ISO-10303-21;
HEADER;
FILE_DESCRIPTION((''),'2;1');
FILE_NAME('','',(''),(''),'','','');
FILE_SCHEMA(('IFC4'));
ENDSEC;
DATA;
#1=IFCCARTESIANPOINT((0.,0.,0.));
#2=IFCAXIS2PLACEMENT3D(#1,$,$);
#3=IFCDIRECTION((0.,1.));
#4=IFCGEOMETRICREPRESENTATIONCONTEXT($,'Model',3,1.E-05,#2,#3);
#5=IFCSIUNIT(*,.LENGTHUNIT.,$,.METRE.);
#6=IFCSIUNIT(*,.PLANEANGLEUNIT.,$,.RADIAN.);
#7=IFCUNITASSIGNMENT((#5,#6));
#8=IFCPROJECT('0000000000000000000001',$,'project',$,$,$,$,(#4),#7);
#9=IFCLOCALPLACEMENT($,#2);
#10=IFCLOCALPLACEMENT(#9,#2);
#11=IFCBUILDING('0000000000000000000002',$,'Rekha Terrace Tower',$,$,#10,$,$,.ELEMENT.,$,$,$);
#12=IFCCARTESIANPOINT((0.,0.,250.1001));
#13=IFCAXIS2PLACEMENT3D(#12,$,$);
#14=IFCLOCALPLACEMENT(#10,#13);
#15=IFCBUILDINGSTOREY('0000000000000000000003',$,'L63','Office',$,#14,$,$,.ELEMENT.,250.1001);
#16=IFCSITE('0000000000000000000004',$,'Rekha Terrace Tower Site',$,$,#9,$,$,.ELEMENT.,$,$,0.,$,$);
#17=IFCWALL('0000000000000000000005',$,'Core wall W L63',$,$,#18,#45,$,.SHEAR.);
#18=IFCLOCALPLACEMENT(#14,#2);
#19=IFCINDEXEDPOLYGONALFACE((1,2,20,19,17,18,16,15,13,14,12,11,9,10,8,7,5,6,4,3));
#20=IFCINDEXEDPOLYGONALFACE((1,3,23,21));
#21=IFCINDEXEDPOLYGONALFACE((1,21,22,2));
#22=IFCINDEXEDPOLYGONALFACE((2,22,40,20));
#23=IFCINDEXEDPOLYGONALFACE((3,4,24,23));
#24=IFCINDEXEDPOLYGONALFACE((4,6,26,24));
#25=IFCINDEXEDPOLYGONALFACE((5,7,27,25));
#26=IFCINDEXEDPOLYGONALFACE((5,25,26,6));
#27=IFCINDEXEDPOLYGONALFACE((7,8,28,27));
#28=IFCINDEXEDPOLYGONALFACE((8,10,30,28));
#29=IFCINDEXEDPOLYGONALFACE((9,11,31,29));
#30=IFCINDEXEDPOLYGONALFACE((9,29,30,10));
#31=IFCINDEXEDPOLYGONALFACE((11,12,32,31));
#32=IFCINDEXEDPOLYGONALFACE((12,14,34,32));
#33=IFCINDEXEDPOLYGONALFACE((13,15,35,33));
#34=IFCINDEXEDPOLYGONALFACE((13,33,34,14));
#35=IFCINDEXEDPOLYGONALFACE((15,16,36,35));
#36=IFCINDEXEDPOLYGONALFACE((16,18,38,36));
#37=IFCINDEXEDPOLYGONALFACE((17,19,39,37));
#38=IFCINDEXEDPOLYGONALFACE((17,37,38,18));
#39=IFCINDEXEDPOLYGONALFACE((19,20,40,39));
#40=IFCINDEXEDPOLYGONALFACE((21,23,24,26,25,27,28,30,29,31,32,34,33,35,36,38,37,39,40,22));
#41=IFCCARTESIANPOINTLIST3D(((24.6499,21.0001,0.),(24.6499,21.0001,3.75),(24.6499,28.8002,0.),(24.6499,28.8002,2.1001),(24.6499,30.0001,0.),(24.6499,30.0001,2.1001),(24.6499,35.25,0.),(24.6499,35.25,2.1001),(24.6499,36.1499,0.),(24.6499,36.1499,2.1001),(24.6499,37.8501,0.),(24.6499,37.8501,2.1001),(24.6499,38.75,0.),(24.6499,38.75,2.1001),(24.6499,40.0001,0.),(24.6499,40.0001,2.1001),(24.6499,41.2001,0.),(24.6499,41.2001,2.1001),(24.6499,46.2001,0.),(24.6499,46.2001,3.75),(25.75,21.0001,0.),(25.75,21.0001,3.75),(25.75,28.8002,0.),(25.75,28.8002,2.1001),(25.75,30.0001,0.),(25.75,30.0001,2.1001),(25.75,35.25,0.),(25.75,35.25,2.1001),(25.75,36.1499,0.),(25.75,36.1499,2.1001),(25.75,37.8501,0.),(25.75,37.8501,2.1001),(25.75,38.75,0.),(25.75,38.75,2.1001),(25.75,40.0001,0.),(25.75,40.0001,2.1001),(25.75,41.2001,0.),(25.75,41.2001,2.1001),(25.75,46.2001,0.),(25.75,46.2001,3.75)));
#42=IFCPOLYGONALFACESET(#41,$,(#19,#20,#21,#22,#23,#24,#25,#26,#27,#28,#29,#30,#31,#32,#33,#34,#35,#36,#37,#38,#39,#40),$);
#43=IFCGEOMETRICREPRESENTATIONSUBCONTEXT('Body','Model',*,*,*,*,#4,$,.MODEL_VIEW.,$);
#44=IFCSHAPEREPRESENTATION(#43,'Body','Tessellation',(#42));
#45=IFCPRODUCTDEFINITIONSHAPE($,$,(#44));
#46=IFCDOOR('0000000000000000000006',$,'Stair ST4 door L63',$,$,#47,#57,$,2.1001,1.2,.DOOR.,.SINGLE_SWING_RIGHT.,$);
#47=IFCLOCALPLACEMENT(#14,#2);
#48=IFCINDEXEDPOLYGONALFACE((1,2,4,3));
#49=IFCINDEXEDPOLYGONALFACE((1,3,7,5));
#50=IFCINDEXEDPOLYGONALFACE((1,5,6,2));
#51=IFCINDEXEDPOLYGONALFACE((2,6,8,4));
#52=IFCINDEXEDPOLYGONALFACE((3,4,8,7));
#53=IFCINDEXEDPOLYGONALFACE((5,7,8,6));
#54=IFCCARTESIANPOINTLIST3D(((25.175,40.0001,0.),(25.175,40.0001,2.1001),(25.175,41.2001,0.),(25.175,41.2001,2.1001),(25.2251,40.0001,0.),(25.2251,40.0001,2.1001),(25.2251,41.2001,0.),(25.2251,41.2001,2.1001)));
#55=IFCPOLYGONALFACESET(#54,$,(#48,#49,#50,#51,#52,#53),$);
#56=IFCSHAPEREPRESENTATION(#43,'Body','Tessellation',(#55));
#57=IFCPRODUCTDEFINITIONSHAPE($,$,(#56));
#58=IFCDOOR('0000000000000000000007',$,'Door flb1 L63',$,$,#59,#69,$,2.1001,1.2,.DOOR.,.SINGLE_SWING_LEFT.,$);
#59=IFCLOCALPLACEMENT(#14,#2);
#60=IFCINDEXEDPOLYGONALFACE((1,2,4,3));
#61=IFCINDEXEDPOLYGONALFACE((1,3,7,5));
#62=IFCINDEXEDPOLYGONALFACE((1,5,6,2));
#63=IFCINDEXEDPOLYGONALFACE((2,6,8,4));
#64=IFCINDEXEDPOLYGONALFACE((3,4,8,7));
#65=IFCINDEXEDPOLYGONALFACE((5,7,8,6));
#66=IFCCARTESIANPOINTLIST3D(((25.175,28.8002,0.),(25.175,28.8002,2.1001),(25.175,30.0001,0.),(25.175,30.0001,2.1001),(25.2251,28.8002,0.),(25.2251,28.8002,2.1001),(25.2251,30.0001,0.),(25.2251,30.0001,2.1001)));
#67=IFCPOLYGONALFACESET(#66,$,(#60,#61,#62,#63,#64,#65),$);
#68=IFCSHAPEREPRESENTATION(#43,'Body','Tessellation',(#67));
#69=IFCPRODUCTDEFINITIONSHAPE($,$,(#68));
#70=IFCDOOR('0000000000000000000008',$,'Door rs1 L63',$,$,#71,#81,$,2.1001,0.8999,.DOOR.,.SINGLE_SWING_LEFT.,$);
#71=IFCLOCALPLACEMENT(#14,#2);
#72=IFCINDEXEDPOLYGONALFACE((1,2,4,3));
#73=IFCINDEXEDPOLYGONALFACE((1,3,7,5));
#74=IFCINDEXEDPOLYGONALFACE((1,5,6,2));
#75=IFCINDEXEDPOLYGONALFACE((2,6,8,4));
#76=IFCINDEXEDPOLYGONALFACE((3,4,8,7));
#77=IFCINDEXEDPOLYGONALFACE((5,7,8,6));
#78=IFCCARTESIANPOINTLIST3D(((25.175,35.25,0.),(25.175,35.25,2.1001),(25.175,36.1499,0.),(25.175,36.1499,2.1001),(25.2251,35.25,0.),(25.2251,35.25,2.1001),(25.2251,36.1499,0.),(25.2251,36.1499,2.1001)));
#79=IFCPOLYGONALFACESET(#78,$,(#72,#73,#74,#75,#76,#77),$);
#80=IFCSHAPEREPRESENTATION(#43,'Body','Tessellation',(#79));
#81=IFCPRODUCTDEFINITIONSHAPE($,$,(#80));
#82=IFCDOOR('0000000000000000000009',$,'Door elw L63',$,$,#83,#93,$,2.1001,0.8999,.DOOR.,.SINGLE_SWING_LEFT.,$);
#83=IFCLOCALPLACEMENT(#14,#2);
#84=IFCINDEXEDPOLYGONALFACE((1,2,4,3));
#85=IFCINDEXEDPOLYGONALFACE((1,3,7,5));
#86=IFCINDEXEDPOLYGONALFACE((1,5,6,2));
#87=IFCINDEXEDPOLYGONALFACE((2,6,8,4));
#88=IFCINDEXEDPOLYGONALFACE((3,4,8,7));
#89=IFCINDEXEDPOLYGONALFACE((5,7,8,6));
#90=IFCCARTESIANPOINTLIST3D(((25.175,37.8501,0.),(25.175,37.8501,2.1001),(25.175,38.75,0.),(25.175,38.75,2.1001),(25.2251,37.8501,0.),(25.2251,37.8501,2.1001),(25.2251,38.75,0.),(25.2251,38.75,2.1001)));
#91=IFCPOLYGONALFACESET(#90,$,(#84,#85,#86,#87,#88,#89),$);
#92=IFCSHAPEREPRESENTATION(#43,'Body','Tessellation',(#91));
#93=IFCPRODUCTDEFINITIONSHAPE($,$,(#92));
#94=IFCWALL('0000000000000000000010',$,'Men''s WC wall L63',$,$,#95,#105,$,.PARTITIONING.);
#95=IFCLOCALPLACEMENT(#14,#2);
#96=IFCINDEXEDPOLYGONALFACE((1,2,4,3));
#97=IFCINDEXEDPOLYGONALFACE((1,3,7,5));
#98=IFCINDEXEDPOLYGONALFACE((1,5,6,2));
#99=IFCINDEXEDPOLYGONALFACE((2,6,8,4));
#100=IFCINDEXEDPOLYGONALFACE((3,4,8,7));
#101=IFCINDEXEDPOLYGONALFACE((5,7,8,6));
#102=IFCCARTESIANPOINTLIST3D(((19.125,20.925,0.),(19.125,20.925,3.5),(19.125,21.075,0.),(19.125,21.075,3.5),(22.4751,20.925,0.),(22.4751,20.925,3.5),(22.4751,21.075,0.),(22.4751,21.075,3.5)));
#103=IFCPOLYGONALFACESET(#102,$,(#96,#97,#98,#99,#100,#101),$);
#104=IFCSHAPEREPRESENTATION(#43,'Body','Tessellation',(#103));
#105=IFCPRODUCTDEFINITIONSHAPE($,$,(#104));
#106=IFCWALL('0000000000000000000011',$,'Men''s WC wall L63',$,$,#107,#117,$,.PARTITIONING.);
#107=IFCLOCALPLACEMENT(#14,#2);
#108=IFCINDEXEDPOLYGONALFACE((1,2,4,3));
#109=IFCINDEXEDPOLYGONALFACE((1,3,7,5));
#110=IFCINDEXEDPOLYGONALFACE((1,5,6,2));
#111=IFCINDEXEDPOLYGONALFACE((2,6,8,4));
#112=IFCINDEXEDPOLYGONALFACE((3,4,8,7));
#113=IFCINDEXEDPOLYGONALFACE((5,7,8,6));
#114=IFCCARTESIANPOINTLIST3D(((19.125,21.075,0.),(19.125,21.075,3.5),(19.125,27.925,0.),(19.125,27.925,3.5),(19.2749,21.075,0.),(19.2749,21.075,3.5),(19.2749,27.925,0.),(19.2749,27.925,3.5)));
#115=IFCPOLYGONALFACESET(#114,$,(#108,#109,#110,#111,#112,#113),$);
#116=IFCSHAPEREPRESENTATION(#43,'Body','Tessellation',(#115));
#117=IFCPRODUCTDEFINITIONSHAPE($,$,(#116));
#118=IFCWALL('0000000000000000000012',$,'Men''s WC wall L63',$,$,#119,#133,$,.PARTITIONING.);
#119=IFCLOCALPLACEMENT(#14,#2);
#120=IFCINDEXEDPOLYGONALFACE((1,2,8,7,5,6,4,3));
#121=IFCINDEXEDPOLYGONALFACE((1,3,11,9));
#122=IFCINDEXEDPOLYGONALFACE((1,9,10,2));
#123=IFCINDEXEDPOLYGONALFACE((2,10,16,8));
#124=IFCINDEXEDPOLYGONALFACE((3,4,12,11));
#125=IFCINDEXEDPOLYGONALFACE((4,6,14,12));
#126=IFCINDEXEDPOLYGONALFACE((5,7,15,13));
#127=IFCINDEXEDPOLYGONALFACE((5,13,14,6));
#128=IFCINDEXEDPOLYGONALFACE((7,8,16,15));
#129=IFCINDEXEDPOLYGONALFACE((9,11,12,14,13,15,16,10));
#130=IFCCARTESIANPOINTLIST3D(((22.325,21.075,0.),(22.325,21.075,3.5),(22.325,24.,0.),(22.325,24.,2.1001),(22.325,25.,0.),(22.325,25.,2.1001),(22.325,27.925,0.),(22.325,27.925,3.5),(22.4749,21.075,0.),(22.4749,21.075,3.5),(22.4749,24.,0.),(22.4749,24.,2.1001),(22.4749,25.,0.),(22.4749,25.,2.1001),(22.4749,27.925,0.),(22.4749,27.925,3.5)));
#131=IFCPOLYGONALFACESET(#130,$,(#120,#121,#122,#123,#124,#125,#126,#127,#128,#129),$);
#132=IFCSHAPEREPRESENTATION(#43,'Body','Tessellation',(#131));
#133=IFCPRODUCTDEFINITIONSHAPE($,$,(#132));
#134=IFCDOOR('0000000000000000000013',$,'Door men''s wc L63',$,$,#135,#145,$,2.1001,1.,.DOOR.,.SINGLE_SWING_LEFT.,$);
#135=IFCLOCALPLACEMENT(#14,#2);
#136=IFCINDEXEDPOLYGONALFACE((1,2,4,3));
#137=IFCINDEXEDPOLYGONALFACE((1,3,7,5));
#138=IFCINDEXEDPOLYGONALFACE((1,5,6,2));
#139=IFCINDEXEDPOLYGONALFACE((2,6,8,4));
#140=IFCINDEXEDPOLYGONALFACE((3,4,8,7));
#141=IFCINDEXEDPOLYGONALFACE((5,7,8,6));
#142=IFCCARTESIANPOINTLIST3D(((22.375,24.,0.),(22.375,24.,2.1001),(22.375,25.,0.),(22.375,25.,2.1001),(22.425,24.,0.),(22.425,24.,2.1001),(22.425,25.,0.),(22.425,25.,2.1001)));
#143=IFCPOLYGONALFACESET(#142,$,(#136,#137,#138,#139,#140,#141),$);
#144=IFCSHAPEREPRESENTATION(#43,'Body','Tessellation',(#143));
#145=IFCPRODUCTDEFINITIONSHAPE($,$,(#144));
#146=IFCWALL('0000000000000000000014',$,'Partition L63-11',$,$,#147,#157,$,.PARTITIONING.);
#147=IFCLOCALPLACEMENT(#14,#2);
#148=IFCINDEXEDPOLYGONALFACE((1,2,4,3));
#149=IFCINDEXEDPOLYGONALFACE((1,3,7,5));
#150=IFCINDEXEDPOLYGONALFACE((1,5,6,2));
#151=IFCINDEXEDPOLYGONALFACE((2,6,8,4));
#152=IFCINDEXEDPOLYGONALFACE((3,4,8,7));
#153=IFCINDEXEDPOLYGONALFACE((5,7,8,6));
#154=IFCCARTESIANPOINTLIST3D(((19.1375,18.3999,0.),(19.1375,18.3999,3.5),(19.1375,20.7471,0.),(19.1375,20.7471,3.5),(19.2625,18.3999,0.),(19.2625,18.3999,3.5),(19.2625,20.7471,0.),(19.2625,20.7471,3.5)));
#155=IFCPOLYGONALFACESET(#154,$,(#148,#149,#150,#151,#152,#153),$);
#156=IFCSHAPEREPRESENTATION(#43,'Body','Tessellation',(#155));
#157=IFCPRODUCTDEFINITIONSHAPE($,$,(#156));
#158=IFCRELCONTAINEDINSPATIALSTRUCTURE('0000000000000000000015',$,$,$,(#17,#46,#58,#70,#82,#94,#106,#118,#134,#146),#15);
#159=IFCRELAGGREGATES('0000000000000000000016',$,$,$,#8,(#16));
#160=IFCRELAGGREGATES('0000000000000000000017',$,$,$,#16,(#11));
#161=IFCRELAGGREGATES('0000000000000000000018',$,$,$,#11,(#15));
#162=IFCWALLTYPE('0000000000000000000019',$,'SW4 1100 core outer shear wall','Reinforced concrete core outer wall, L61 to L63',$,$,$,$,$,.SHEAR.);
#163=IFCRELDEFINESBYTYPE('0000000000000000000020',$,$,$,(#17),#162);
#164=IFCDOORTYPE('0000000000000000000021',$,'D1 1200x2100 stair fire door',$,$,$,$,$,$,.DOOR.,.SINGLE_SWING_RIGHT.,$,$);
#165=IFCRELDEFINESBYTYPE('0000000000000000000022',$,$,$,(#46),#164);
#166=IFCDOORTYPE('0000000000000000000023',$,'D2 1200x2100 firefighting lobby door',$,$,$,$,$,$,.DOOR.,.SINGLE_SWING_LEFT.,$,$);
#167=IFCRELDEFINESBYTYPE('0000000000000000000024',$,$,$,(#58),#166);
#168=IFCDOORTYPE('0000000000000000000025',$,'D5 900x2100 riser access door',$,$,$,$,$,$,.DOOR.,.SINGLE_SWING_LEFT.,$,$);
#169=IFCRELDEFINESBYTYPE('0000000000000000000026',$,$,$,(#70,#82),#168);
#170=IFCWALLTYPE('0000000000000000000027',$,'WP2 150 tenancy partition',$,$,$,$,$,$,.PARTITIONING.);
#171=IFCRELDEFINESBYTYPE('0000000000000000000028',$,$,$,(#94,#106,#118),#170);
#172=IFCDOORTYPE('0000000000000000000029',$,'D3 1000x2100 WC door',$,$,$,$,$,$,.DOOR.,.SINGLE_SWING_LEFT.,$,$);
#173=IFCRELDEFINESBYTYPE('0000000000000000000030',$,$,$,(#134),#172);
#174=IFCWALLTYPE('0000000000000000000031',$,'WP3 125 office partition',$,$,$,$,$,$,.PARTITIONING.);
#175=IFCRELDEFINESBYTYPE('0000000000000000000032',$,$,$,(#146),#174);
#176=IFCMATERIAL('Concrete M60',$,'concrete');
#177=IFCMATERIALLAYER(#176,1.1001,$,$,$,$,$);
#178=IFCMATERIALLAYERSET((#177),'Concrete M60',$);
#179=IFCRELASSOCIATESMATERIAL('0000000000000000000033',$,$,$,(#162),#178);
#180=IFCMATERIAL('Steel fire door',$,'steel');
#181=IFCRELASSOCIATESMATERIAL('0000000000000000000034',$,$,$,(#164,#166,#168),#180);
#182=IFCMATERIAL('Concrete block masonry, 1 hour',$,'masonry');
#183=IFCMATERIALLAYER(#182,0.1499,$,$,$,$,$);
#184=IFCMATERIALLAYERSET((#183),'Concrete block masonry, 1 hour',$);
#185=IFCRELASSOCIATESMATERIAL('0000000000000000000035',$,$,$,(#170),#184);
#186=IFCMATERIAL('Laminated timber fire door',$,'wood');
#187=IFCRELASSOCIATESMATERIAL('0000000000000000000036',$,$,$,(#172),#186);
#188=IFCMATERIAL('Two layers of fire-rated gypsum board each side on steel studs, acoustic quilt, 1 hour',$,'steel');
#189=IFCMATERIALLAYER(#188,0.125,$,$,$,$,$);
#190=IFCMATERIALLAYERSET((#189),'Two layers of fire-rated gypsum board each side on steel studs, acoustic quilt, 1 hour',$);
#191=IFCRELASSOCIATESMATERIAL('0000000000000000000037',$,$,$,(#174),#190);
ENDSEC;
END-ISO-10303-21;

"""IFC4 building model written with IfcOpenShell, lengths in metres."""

from ifc_helpers import new_model, si_unit, direction, frame, frame_2d, origin, place, context, subcontext, project, spatial, rectangle, extrude, material, layer, layer_set, type_object, element, fill, save


model = new_model("IFC4")

# Units and contexts
model_context = context("Model", 3, precision=1e-05, world=origin(), true_north=direction((0.0, 1.0)))
body_context = subcontext(model_context, "Body", "Model", "MODEL_VIEW")
ifc_project = project(units=[si_unit("LENGTHUNIT", "METRE"), si_unit("PLANEANGLEUNIT", "RADIAN")], contexts=[model_context])

# Site, building, storey
site_placement = place(None, origin())
site = spatial("IfcSite", under=ifc_project, at=site_placement, Name="Rekha Terrace Tower Site", CompositionType="ELEMENT", RefElevation=0.0)
building_placement = place(site_placement, origin())
building = spatial("IfcBuilding", under=site, at=building_placement, Name="Rekha Terrace Tower", CompositionType="ELEMENT")
storey_placement = place(building_placement, frame((0.0, 0.0, 250.1001)))
storey = spatial("IfcBuildingStorey", under=building, at=storey_placement, Name="L63", Description="Office", CompositionType="ELEMENT", Elevation=250.1001)

# Shared definitions
ifc_material_1 = material(Name="Concrete M60", Category="concrete")

# Shared definitions
ifc_layer_1 = layer(ifc_material_1, 1.1001)
ifc_layer_set_1 = layer_set([ifc_layer_1], Name="Concrete M60")
wall_type_1 = type_object("IfcWallType", Name="SW4 1100 core outer shear wall", Description="Reinforced concrete core outer wall, L61 to L63", PredefinedType="SHEAR", material=ifc_layer_set_1)

# Wall, openings, doors
wall_1_placement = place(storey_placement, frame((25.2, 21.0, 0.0), z_axis=(0.0, 0.0, 1.0), x_axis=(0.0, 1.0, 0.0)))
wall_1 = element("IfcWall", 1, at=wall_1_placement, inside=storey, type_object=wall_type_1, Name="Core wall W L63", PredefinedType="SHEAR", context=body_context, shape_type="SweptSolid", body=[
    extrude(rectangle(XDim=25.2, YDim=1.1001, at=frame_2d((12.6001, 0.0))), origin(), (0.0, 0.0, 1.0), 3.75),
])
opening_1_placement = place(wall_1_placement, frame((7.8, 0.0, 0.0)))
opening_1 = element("IfcOpeningElement", 2, at=opening_1_placement, cuts=wall_1, PredefinedType="OPENING", context=body_context, shape_type="SweptSolid", body=[
    extrude(rectangle(XDim=1.2, YDim=2.1001, at=frame_2d((0.6001, 1.05))), frame((0.0, 0.5601, 0.0), z_axis=(0.0, -1.0, 0.0), x_axis=(1.0, 0.0, 0.0)), (0.0, 0.0, 1.0), 1.1201),
])
opening_2_placement = place(wall_1_placement, frame((14.25, 0.0, 0.0)))
opening_2 = element("IfcOpeningElement", 3, at=opening_2_placement, cuts=wall_1, PredefinedType="OPENING", context=body_context, shape_type="SweptSolid", body=[
    extrude(rectangle(XDim=0.8999, YDim=2.1001, at=frame_2d((0.45, 1.05))), frame((0.0, 0.5601, 0.0), z_axis=(0.0, -1.0, 0.0), x_axis=(1.0, 0.0, 0.0)), (0.0, 0.0, 1.0), 1.1201),
])
opening_3_placement = place(wall_1_placement, frame((16.8501, 0.0, 0.0)))
opening_3 = element("IfcOpeningElement", 4, at=opening_3_placement, cuts=wall_1, PredefinedType="OPENING", context=body_context, shape_type="SweptSolid", body=[
    extrude(rectangle(XDim=0.8999, YDim=2.1001, at=frame_2d((0.45, 1.05))), frame((0.0, 0.5601, 0.0), z_axis=(0.0, -1.0, 0.0), x_axis=(1.0, 0.0, 0.0)), (0.0, 0.0, 1.0), 1.1201),
])
opening_4_placement = place(wall_1_placement, frame((19.0, 0.0, 0.0)))
opening_4 = element("IfcOpeningElement", 5, at=opening_4_placement, cuts=wall_1, PredefinedType="OPENING", context=body_context, shape_type="SweptSolid", body=[
    extrude(rectangle(XDim=1.2, YDim=2.1001, at=frame_2d((0.6001, 1.05))), frame((0.0, 0.5601, 0.0), z_axis=(0.0, -1.0, 0.0), x_axis=(1.0, 0.0, 0.0)), (0.0, 0.0, 1.0), 1.1201),
])
ifc_material_2 = material(Name="Steel fire door", Category="steel")
door_type_1 = type_object("IfcDoorType", Name="D1 1200x2100 stair fire door", OperationType="SINGLE_SWING_RIGHT", PredefinedType="DOOR", material=ifc_material_2)
door_1_placement = place(opening_4_placement, origin())
door_1 = element("IfcDoor", 6, at=door_1_placement, inside=storey, type_object=door_type_1, Name="Stair ST4 door L63", OperationType="SINGLE_SWING_RIGHT", OverallHeight=2.1001, OverallWidth=1.2, PredefinedType="DOOR", context=body_context, shape_type="SweptSolid", body=[
    extrude(rectangle(XDim=1.2, YDim=2.1001, at=frame_2d((0.6001, 1.05))), frame((0.0, 0.0249, 0.0), z_axis=(0.0, -1.0, 0.0), x_axis=(1.0, 0.0, 0.0)), (0.0, 0.0, 1.0), 0.05),
])
fill(opening_4, door_1)
door_type_2 = type_object("IfcDoorType", Name="D2 1200x2100 firefighting lobby door", OperationType="SINGLE_SWING_LEFT", PredefinedType="DOOR", material=ifc_material_2)
door_2_placement = place(opening_1_placement, origin())
door_2 = element("IfcDoor", 7, at=door_2_placement, inside=storey, type_object=door_type_2, Name="Door flb1 L63", OperationType="SINGLE_SWING_LEFT", OverallHeight=2.1001, OverallWidth=1.2, PredefinedType="DOOR", context=body_context, shape_type="SweptSolid", body=[
    extrude(rectangle(XDim=1.2, YDim=2.1001, at=frame_2d((0.6001, 1.05))), frame((0.0, 0.0249, 0.0), z_axis=(0.0, -1.0, 0.0), x_axis=(1.0, 0.0, 0.0)), (0.0, 0.0, 1.0), 0.05),
])
fill(opening_1, door_2)
door_type_3 = type_object("IfcDoorType", Name="D5 900x2100 riser access door", OperationType="SINGLE_SWING_LEFT", PredefinedType="DOOR", material=ifc_material_2)
door_3_placement = place(opening_2_placement, origin())
door_3 = element("IfcDoor", 8, at=door_3_placement, inside=storey, type_object=door_type_3, Name="Door rs1 L63", OperationType="SINGLE_SWING_LEFT", OverallHeight=2.1001, OverallWidth=0.8999, PredefinedType="DOOR", context=body_context, shape_type="SweptSolid", body=[
    extrude(rectangle(XDim=0.8999, YDim=2.1001, at=frame_2d((0.45, 1.05))), frame((0.0, 0.0249, 0.0), z_axis=(0.0, -1.0, 0.0), x_axis=(1.0, 0.0, 0.0)), (0.0, 0.0, 1.0), 0.05),
])
fill(opening_2, door_3)
door_4_placement = place(opening_3_placement, origin())
door_4 = element("IfcDoor", 9, at=door_4_placement, inside=storey, type_object=door_type_3, Name="Door elw L63", OperationType="SINGLE_SWING_LEFT", OverallHeight=2.1001, OverallWidth=0.8999, PredefinedType="DOOR", context=body_context, shape_type="SweptSolid", body=[
    extrude(rectangle(XDim=0.8999, YDim=2.1001, at=frame_2d((0.45, 1.05))), frame((0.0, 0.0249, 0.0), z_axis=(0.0, -1.0, 0.0), x_axis=(1.0, 0.0, 0.0)), (0.0, 0.0, 1.0), 0.05),
])
fill(opening_3, door_4)

# Walls
ifc_material_3 = material(Name="Concrete block masonry, 1 hour", Category="masonry")
ifc_layer_2 = layer(ifc_material_3, 0.1499)
ifc_layer_set_2 = layer_set([ifc_layer_2], Name="Concrete block masonry, 1 hour")
wall_type_2 = type_object("IfcWallType", Name="WP2 150 tenancy partition", PredefinedType="PARTITIONING", material=ifc_layer_set_2)
wall_2_placement = place(storey_placement, frame((19.125, 21.0, 0.0), z_axis=(0.0, 0.0, 1.0), x_axis=(1.0, 0.0, 0.0)))
element("IfcWall", 10, at=wall_2_placement, inside=storey, type_object=wall_type_2, Name="Men's WC wall L63", PredefinedType="PARTITIONING", context=body_context, shape_type="SweptSolid", body=[
    extrude(rectangle(XDim=3.3501, YDim=0.1499, at=frame_2d((1.675, 0.0))), origin(), (0.0, 0.0, 1.0), 3.5),
])
wall_3_placement = place(storey_placement, frame((19.2, 21.075, 0.0), z_axis=(0.0, 0.0, 1.0), x_axis=(0.0, 1.0, 0.0)))
element("IfcWall", 11, at=wall_3_placement, inside=storey, type_object=wall_type_2, Name="Men's WC wall L63", PredefinedType="PARTITIONING", context=body_context, shape_type="SweptSolid", body=[
    extrude(rectangle(XDim=6.8501, YDim=0.1499, at=frame_2d((3.425, 0.0))), origin(), (0.0, 0.0, 1.0), 3.5),
])

# Wall, opening, door
wall_4_placement = place(storey_placement, frame((22.3999, 21.075, 0.0), z_axis=(0.0, 0.0, 1.0), x_axis=(0.0, 1.0, 0.0)))
wall_4 = element("IfcWall", 12, at=wall_4_placement, inside=storey, type_object=wall_type_2, Name="Men's WC wall L63", PredefinedType="PARTITIONING", context=body_context, shape_type="SweptSolid", body=[
    extrude(rectangle(XDim=6.8501, YDim=0.1499, at=frame_2d((3.425, 0.0))), origin(), (0.0, 0.0, 1.0), 3.5),
])
opening_5_placement = place(wall_4_placement, frame((2.925, 0.0, 0.0)))
opening_5 = element("IfcOpeningElement", 13, at=opening_5_placement, cuts=wall_4, PredefinedType="OPENING", context=body_context, shape_type="SweptSolid", body=[
    extrude(rectangle(XDim=1.0, YDim=2.1001, at=frame_2d((0.5, 1.05))), frame((0.0, 0.085, 0.0), z_axis=(0.0, -1.0, 0.0), x_axis=(1.0, 0.0, 0.0)), (0.0, 0.0, 1.0), 0.1699),
])
ifc_material_4 = material(Name="Laminated timber fire door", Category="wood")
door_type_4 = type_object("IfcDoorType", Name="D3 1000x2100 WC door", OperationType="SINGLE_SWING_LEFT", PredefinedType="DOOR", material=ifc_material_4)
door_5_placement = place(opening_5_placement, origin())
door_5 = element("IfcDoor", 14, at=door_5_placement, inside=storey, type_object=door_type_4, Name="Door men's wc L63", OperationType="SINGLE_SWING_LEFT", OverallHeight=2.1001, OverallWidth=1.0, PredefinedType="DOOR", context=body_context, shape_type="SweptSolid", body=[
    extrude(rectangle(XDim=1.0, YDim=2.1001, at=frame_2d((0.5, 1.05))), frame((0.0, 0.0249, 0.0), z_axis=(0.0, -1.0, 0.0), x_axis=(1.0, 0.0, 0.0)), (0.0, 0.0, 1.0), 0.05),
])
fill(opening_5, door_5)

# Wall
ifc_material_5 = material(Name="Two layers of fire-rated gypsum board each side on steel studs, acoustic quilt, 1 hour", Category="steel")
ifc_layer_3 = layer(ifc_material_5, 0.125)
ifc_layer_set_3 = layer_set([ifc_layer_3], Name="Two layers of fire-rated gypsum board each side on steel studs, acoustic quilt, 1 hour")
wall_type_3 = type_object("IfcWallType", Name="WP3 125 office partition", PredefinedType="PARTITIONING", material=ifc_layer_set_3)
wall_5_placement = place(storey_placement, frame((19.2, 20.7471, 0.0), z_axis=(0.0, 0.0, 1.0), x_axis=(0.0, -1.0, 0.0)))
element("IfcWall", 15, at=wall_5_placement, inside=storey, type_object=wall_type_3, Name="Partition L63-11", PredefinedType="PARTITIONING", context=body_context, shape_type="SweptSolid", body=[
    extrude(rectangle(XDim=2.3472, YDim=0.125, at=frame_2d((1.1736, 0.0))), origin(), (0.0, 0.0, 1.0), 3.5),
])

save(model, "model.ifc")
